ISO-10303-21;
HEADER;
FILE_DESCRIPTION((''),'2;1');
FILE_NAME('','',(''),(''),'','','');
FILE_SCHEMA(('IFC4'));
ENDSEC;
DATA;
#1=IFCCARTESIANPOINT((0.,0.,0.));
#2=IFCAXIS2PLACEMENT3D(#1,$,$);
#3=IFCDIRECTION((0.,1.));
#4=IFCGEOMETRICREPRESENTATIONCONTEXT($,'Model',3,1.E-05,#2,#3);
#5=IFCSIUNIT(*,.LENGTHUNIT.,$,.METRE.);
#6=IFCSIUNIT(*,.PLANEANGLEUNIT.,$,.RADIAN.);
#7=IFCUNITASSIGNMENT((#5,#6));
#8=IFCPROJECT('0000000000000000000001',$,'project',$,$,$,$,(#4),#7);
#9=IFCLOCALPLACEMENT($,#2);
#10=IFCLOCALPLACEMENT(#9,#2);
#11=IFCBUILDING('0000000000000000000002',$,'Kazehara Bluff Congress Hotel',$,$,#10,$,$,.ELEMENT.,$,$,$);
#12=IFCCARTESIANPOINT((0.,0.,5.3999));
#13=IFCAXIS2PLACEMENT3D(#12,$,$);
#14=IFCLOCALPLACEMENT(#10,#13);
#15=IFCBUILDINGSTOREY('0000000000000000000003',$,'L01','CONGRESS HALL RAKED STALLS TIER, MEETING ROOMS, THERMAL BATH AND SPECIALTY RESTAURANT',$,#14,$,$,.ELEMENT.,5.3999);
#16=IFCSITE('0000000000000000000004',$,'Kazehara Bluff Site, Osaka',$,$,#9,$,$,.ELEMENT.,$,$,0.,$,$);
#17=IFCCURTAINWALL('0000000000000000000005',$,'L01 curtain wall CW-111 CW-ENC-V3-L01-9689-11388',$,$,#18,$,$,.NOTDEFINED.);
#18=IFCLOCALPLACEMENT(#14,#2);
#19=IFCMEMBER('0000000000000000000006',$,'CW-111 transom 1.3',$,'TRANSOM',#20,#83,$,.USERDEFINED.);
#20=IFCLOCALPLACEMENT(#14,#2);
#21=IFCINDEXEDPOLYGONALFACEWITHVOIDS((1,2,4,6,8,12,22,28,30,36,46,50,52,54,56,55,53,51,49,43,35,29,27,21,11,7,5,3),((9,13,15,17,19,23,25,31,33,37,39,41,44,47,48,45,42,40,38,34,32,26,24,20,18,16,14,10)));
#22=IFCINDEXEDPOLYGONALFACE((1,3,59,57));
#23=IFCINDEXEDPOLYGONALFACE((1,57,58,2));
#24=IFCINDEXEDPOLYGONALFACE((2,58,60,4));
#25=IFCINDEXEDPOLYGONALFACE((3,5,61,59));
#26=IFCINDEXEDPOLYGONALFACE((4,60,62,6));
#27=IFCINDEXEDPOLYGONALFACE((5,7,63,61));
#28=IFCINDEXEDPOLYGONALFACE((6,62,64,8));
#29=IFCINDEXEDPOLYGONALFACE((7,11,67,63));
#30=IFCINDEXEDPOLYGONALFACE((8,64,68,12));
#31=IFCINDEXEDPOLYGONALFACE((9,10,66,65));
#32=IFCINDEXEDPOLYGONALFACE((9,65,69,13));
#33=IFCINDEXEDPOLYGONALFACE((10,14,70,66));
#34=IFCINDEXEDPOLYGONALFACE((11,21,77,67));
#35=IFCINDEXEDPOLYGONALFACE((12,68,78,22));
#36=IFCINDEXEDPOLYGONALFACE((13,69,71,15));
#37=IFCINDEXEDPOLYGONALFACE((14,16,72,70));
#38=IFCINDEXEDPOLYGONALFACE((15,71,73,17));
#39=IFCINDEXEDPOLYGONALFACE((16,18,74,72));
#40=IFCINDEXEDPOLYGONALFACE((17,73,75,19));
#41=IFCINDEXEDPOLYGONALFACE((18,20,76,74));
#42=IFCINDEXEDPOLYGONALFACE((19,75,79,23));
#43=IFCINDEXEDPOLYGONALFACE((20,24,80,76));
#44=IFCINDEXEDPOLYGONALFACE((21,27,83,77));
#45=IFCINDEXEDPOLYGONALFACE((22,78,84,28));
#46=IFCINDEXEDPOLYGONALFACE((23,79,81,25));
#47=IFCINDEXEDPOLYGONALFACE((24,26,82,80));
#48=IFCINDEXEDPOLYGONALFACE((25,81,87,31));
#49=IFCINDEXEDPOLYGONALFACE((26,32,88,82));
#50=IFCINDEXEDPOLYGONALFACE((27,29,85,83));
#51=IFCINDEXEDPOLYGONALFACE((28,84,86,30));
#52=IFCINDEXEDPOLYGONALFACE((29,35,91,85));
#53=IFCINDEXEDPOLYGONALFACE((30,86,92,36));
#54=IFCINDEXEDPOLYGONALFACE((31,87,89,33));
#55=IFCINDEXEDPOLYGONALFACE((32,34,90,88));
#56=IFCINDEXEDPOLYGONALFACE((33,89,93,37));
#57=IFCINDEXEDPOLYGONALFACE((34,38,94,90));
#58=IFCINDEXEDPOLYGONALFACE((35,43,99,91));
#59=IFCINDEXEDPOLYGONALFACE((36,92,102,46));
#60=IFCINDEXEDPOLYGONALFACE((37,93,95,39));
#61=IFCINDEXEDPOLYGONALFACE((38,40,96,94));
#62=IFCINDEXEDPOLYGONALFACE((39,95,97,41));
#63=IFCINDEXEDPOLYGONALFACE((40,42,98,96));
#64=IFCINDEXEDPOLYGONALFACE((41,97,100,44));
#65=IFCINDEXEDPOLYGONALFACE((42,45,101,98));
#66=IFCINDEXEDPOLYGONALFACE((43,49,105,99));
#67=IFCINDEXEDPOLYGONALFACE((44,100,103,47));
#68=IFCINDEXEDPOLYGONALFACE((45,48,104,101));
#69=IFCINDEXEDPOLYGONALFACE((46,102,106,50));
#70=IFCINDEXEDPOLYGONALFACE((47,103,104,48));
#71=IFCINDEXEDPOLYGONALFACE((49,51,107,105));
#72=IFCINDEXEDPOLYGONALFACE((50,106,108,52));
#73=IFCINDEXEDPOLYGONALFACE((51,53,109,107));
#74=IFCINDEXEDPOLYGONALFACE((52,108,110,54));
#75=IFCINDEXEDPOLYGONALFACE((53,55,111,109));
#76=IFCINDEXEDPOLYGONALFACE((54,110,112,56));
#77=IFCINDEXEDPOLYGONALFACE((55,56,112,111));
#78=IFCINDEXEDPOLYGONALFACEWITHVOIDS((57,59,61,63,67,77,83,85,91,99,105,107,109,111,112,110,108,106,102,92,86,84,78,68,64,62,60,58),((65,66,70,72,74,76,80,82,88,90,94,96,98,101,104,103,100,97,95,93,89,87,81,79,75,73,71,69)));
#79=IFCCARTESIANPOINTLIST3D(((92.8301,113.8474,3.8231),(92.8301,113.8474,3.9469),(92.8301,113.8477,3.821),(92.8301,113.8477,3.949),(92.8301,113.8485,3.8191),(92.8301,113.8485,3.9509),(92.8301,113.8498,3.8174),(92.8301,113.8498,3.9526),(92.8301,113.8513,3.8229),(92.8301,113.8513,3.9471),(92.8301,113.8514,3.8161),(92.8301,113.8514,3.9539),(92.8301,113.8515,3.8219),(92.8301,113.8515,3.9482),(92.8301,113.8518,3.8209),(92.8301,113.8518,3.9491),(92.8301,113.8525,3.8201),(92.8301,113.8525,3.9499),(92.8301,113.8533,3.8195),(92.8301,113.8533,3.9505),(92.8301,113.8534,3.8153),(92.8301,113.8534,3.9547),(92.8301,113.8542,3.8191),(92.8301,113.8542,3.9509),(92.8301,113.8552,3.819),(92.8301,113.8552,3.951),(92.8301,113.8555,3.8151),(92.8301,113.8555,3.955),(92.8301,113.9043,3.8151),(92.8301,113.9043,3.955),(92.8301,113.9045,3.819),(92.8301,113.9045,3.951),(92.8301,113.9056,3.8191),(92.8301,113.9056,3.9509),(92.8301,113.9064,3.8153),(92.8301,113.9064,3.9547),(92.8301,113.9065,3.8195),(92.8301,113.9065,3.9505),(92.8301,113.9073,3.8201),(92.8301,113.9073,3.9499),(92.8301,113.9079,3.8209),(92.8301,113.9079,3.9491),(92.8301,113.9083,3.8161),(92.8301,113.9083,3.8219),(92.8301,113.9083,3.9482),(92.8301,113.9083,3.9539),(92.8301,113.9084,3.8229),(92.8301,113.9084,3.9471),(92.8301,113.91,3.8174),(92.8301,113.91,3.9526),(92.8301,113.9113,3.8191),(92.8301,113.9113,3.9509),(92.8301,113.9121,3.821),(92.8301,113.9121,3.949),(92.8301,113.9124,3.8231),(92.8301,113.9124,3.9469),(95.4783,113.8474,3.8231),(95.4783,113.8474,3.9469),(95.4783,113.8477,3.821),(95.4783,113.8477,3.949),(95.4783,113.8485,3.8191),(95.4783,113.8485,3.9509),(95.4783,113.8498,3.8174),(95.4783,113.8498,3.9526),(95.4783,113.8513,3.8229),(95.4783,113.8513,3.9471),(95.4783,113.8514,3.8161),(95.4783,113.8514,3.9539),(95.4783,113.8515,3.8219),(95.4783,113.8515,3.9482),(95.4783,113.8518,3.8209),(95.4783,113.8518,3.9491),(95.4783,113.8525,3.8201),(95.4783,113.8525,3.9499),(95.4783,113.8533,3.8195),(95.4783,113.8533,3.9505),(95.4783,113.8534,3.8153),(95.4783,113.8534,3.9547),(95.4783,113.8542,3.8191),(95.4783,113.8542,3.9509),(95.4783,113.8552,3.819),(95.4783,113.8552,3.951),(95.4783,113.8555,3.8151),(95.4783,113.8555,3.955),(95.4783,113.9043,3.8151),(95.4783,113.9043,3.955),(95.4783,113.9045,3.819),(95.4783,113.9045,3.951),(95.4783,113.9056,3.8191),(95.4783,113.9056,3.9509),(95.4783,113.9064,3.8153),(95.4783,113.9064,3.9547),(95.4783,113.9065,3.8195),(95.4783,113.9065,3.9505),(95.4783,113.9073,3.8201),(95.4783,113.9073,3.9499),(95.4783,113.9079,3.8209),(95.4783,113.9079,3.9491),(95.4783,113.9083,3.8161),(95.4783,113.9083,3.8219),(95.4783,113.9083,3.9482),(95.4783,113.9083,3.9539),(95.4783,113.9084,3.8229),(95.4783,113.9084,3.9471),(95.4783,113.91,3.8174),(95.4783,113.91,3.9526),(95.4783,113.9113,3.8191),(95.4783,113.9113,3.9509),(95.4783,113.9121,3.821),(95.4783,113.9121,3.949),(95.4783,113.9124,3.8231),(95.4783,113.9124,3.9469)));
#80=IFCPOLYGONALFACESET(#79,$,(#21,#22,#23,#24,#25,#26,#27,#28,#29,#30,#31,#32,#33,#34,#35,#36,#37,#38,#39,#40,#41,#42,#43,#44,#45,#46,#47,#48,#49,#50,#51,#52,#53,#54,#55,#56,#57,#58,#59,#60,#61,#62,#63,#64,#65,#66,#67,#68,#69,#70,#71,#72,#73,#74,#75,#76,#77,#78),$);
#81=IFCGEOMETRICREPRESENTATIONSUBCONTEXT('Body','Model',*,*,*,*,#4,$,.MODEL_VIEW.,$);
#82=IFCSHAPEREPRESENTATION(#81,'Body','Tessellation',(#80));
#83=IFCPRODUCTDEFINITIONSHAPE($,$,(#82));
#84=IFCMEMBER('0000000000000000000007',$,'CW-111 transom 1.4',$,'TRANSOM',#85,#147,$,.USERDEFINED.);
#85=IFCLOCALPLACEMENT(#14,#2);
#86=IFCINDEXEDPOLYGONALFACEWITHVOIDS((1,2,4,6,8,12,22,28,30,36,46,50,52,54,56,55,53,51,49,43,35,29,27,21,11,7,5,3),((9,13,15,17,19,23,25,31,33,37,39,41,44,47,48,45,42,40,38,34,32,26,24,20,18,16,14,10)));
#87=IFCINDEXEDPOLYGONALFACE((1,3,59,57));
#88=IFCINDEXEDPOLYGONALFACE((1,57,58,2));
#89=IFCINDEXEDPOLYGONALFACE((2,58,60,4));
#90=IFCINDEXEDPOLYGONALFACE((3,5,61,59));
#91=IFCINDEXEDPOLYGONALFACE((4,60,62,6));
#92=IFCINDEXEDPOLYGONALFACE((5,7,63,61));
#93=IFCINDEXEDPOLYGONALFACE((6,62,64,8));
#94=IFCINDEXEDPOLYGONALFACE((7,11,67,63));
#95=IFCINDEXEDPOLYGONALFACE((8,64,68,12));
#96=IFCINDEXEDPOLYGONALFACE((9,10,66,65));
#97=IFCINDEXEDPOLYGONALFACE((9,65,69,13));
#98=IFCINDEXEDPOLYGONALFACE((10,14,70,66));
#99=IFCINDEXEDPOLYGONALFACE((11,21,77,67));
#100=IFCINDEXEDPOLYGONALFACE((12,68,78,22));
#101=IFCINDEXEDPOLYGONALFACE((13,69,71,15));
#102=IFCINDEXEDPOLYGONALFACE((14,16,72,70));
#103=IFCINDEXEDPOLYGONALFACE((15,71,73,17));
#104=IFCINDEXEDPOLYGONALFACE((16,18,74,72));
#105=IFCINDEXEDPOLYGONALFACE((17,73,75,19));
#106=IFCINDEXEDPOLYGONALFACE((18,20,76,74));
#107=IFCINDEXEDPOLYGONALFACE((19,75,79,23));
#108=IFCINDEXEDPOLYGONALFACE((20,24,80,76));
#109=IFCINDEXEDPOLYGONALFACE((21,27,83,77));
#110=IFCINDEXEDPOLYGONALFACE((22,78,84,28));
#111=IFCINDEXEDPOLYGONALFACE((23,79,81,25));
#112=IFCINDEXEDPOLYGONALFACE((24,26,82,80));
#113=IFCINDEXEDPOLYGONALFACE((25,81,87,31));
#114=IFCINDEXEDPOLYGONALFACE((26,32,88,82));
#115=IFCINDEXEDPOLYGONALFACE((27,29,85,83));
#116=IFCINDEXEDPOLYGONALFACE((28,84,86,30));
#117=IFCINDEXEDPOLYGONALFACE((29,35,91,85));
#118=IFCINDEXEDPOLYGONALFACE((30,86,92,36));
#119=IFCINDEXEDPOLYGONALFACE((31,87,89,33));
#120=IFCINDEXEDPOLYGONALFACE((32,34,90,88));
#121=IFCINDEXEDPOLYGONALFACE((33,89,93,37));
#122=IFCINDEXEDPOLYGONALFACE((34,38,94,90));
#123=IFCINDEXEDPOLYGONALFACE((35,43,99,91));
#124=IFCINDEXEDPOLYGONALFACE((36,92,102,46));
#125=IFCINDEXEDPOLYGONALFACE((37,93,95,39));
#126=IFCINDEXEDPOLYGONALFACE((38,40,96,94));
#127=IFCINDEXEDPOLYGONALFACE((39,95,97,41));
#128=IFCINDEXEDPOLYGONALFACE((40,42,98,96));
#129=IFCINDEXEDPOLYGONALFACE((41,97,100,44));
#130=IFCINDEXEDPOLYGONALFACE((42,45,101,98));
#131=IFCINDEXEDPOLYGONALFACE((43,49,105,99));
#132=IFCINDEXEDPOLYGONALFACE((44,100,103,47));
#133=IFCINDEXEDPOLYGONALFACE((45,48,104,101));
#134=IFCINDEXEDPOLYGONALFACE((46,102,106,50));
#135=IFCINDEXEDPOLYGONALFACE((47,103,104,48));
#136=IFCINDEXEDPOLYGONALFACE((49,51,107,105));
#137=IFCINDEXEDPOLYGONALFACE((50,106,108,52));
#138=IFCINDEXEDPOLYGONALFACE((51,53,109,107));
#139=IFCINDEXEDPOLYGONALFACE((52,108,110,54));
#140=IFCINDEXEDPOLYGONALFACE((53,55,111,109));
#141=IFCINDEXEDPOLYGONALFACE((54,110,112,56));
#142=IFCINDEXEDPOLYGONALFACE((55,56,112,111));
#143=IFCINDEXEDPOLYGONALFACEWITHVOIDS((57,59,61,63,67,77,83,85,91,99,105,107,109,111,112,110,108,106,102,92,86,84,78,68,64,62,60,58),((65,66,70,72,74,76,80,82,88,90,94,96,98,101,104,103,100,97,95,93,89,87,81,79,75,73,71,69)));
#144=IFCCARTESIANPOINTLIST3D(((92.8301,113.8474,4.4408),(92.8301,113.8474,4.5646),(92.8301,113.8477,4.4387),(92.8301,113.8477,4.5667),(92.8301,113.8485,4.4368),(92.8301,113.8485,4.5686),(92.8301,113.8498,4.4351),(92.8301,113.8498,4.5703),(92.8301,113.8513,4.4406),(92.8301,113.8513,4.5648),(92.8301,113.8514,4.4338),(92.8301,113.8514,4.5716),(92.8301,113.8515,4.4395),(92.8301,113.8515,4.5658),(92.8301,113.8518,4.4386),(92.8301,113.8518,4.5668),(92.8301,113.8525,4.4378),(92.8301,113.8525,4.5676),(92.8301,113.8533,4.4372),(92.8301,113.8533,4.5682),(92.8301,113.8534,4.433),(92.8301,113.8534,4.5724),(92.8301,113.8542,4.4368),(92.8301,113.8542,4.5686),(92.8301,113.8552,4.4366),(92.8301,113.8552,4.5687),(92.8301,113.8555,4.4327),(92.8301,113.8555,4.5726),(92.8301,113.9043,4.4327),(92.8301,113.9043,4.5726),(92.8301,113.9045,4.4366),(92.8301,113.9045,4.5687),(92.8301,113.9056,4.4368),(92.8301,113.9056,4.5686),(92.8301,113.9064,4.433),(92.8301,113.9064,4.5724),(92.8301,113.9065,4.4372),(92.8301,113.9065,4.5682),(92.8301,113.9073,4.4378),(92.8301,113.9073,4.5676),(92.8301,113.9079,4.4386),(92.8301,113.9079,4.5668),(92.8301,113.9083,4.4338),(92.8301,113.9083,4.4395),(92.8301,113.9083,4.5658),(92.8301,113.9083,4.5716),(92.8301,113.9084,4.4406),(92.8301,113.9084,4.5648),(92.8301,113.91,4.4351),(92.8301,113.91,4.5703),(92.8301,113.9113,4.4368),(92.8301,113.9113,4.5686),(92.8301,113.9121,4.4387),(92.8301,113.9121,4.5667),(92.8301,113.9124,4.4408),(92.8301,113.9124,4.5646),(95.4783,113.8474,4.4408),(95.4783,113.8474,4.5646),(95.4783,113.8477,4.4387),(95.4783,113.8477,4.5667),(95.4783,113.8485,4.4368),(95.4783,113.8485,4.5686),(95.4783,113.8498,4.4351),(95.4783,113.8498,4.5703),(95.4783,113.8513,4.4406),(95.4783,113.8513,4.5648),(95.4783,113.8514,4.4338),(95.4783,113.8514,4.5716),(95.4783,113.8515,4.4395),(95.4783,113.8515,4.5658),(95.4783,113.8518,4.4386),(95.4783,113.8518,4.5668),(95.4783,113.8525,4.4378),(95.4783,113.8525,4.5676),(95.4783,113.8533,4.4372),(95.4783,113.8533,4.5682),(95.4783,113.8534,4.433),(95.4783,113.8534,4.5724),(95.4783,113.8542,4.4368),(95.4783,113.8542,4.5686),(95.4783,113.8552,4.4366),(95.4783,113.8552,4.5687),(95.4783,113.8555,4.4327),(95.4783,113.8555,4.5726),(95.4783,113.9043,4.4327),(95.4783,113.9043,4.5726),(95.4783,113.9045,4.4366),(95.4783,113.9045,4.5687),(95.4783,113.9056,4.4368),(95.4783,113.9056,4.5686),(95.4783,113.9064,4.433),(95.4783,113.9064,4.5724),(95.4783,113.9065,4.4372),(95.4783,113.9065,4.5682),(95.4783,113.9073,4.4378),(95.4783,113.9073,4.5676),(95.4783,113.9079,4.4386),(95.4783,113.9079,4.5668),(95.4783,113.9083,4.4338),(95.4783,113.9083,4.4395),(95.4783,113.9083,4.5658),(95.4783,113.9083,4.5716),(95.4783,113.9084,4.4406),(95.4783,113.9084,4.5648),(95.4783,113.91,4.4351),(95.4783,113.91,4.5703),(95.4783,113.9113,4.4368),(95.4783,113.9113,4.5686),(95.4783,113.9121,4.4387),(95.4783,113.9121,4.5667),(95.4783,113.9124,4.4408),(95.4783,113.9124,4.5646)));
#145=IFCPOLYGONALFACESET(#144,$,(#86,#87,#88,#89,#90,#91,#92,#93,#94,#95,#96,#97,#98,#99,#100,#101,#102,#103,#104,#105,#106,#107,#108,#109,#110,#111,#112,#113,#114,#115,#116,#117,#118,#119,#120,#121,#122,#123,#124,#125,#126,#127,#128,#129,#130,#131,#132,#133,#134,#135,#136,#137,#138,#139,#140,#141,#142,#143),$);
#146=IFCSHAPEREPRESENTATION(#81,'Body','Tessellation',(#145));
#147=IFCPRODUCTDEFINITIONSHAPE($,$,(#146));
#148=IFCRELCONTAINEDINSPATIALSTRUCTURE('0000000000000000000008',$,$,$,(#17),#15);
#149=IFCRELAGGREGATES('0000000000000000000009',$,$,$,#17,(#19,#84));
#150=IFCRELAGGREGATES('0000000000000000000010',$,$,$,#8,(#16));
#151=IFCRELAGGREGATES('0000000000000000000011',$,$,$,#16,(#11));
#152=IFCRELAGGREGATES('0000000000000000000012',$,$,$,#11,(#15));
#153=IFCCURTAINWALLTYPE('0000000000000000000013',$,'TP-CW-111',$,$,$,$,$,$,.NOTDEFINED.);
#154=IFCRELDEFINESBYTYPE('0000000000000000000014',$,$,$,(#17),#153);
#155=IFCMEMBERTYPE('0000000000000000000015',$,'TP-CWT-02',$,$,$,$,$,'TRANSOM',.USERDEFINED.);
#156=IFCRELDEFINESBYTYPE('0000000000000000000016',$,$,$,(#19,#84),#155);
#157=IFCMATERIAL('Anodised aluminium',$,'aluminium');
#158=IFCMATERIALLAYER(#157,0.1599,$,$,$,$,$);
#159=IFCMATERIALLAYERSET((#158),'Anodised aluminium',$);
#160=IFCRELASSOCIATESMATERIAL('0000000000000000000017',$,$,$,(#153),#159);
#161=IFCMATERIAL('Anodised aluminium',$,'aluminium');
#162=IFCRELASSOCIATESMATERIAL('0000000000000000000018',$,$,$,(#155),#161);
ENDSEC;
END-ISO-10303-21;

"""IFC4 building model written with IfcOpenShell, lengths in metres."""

from ifc_helpers import new_model, si_unit, direction, frame, origin, origin_2d, place, context, subcontext, project, spatial, hollow_rectangle, extrude, material, layer, layer_set, material_profile, profile_set, type_object, element, aggregate, save


model = new_model("IFC4")

# Units and contexts
model_context = context("Model", 3, precision=1e-05, world=origin(), true_north=direction((0.0, 1.0)))
body_context = subcontext(model_context, "Body", "Model", "MODEL_VIEW")
ifc_project = project(units=[si_unit("LENGTHUNIT", "METRE"), si_unit("PLANEANGLEUNIT", "RADIAN")], contexts=[model_context])

# Site, building, storey
site_placement = place(None, origin())
site = spatial("IfcSite", under=ifc_project, at=site_placement, Name="Kazehara Bluff Site, Osaka", CompositionType="ELEMENT", RefElevation=0.0)
building_placement = place(site_placement, origin())
building = spatial("IfcBuilding", under=site, at=building_placement, Name="Kazehara Bluff Congress Hotel", CompositionType="ELEMENT")
storey_placement = place(building_placement, frame((0.0, 0.0, 5.3999)))
storey = spatial("IfcBuildingStorey", under=building, at=storey_placement, Name="L01", Description="CONGRESS HALL RAKED STALLS TIER, MEETING ROOMS, THERMAL BATH AND SPECIALTY RESTAURANT", CompositionType="ELEMENT", Elevation=5.3999)

# Curtain wall, members
ifc_material_1 = material(Name="Anodised aluminium", Category="aluminium")
ifc_layer_1 = layer(ifc_material_1, 0.1599)
ifc_layer_set_1 = layer_set([ifc_layer_1], Name="Anodised aluminium")
curtain_wall_type = type_object("IfcCurtainWallType", Name="TP-CW-111", PredefinedType="NOTDEFINED", material=ifc_layer_set_1)
curtain_wall_placement = place(storey_placement, origin())
curtain_wall = element("IfcCurtainWall", 1, at=curtain_wall_placement, inside=storey, type_object=curtain_wall_type, Name="L01 curtain wall CW-111 CW-ENC-V3-L01-9689-11388", PredefinedType="NOTDEFINED")
ifc_material_2 = material(Name="Anodised aluminium", Category="aluminium")
ifc_material_profile_1 = material_profile(ifc_material_2, hollow_rectangle(XDim=0.0649, YDim=0.1399, WallThickness=0.0039, InnerFilletRadius=0.0039, OuterFilletRadius=0.0081, at=origin_2d()))
ifc_profile_set_1 = profile_set([ifc_material_profile_1], Name="Anodised aluminium")
member_type_1 = type_object("IfcMemberType", Name="TP-CWT-02", ElementType="TRANSOM", PredefinedType="USERDEFINED", material=ifc_profile_set_1)
member_1_placement = place(storey_placement, frame((92.8301, 113.8799, 3.885), z_axis=(1.0, 0.0, 0.0), x_axis=(0.0, 1.0, 0.0)))
member_1 = element("IfcMember", 2, at=member_1_placement, type_object=member_type_1, Name="CW-111 transom 1.3", ObjectType="TRANSOM", PredefinedType="USERDEFINED", context=body_context, shape_type="SweptSolid", body=[
    extrude(hollow_rectangle(XDim=0.0649, YDim=0.1399, WallThickness=0.0039, InnerFilletRadius=0.0039, OuterFilletRadius=0.0081, at=origin_2d()), origin(), (0.0, 0.0, 1.0), 2.6482),
])
member_2_placement = place(storey_placement, frame((92.8301, 113.8799, 4.5027), z_axis=(1.0, 0.0, 0.0), x_axis=(0.0, 1.0, 0.0)))
member_2 = element("IfcMember", 3, at=member_2_placement, type_object=member_type_1, Name="CW-111 transom 1.4", ObjectType="TRANSOM", PredefinedType="USERDEFINED", context=body_context, shape_type="SweptSolid", body=[
    extrude(hollow_rectangle(XDim=0.0649, YDim=0.1399, WallThickness=0.0039, InnerFilletRadius=0.0039, OuterFilletRadius=0.0081, at=origin_2d()), origin(), (0.0, 0.0, 1.0), 2.6482),
])

aggregate(curtain_wall, [member_1, member_2])

save(model, "model.ifc")
